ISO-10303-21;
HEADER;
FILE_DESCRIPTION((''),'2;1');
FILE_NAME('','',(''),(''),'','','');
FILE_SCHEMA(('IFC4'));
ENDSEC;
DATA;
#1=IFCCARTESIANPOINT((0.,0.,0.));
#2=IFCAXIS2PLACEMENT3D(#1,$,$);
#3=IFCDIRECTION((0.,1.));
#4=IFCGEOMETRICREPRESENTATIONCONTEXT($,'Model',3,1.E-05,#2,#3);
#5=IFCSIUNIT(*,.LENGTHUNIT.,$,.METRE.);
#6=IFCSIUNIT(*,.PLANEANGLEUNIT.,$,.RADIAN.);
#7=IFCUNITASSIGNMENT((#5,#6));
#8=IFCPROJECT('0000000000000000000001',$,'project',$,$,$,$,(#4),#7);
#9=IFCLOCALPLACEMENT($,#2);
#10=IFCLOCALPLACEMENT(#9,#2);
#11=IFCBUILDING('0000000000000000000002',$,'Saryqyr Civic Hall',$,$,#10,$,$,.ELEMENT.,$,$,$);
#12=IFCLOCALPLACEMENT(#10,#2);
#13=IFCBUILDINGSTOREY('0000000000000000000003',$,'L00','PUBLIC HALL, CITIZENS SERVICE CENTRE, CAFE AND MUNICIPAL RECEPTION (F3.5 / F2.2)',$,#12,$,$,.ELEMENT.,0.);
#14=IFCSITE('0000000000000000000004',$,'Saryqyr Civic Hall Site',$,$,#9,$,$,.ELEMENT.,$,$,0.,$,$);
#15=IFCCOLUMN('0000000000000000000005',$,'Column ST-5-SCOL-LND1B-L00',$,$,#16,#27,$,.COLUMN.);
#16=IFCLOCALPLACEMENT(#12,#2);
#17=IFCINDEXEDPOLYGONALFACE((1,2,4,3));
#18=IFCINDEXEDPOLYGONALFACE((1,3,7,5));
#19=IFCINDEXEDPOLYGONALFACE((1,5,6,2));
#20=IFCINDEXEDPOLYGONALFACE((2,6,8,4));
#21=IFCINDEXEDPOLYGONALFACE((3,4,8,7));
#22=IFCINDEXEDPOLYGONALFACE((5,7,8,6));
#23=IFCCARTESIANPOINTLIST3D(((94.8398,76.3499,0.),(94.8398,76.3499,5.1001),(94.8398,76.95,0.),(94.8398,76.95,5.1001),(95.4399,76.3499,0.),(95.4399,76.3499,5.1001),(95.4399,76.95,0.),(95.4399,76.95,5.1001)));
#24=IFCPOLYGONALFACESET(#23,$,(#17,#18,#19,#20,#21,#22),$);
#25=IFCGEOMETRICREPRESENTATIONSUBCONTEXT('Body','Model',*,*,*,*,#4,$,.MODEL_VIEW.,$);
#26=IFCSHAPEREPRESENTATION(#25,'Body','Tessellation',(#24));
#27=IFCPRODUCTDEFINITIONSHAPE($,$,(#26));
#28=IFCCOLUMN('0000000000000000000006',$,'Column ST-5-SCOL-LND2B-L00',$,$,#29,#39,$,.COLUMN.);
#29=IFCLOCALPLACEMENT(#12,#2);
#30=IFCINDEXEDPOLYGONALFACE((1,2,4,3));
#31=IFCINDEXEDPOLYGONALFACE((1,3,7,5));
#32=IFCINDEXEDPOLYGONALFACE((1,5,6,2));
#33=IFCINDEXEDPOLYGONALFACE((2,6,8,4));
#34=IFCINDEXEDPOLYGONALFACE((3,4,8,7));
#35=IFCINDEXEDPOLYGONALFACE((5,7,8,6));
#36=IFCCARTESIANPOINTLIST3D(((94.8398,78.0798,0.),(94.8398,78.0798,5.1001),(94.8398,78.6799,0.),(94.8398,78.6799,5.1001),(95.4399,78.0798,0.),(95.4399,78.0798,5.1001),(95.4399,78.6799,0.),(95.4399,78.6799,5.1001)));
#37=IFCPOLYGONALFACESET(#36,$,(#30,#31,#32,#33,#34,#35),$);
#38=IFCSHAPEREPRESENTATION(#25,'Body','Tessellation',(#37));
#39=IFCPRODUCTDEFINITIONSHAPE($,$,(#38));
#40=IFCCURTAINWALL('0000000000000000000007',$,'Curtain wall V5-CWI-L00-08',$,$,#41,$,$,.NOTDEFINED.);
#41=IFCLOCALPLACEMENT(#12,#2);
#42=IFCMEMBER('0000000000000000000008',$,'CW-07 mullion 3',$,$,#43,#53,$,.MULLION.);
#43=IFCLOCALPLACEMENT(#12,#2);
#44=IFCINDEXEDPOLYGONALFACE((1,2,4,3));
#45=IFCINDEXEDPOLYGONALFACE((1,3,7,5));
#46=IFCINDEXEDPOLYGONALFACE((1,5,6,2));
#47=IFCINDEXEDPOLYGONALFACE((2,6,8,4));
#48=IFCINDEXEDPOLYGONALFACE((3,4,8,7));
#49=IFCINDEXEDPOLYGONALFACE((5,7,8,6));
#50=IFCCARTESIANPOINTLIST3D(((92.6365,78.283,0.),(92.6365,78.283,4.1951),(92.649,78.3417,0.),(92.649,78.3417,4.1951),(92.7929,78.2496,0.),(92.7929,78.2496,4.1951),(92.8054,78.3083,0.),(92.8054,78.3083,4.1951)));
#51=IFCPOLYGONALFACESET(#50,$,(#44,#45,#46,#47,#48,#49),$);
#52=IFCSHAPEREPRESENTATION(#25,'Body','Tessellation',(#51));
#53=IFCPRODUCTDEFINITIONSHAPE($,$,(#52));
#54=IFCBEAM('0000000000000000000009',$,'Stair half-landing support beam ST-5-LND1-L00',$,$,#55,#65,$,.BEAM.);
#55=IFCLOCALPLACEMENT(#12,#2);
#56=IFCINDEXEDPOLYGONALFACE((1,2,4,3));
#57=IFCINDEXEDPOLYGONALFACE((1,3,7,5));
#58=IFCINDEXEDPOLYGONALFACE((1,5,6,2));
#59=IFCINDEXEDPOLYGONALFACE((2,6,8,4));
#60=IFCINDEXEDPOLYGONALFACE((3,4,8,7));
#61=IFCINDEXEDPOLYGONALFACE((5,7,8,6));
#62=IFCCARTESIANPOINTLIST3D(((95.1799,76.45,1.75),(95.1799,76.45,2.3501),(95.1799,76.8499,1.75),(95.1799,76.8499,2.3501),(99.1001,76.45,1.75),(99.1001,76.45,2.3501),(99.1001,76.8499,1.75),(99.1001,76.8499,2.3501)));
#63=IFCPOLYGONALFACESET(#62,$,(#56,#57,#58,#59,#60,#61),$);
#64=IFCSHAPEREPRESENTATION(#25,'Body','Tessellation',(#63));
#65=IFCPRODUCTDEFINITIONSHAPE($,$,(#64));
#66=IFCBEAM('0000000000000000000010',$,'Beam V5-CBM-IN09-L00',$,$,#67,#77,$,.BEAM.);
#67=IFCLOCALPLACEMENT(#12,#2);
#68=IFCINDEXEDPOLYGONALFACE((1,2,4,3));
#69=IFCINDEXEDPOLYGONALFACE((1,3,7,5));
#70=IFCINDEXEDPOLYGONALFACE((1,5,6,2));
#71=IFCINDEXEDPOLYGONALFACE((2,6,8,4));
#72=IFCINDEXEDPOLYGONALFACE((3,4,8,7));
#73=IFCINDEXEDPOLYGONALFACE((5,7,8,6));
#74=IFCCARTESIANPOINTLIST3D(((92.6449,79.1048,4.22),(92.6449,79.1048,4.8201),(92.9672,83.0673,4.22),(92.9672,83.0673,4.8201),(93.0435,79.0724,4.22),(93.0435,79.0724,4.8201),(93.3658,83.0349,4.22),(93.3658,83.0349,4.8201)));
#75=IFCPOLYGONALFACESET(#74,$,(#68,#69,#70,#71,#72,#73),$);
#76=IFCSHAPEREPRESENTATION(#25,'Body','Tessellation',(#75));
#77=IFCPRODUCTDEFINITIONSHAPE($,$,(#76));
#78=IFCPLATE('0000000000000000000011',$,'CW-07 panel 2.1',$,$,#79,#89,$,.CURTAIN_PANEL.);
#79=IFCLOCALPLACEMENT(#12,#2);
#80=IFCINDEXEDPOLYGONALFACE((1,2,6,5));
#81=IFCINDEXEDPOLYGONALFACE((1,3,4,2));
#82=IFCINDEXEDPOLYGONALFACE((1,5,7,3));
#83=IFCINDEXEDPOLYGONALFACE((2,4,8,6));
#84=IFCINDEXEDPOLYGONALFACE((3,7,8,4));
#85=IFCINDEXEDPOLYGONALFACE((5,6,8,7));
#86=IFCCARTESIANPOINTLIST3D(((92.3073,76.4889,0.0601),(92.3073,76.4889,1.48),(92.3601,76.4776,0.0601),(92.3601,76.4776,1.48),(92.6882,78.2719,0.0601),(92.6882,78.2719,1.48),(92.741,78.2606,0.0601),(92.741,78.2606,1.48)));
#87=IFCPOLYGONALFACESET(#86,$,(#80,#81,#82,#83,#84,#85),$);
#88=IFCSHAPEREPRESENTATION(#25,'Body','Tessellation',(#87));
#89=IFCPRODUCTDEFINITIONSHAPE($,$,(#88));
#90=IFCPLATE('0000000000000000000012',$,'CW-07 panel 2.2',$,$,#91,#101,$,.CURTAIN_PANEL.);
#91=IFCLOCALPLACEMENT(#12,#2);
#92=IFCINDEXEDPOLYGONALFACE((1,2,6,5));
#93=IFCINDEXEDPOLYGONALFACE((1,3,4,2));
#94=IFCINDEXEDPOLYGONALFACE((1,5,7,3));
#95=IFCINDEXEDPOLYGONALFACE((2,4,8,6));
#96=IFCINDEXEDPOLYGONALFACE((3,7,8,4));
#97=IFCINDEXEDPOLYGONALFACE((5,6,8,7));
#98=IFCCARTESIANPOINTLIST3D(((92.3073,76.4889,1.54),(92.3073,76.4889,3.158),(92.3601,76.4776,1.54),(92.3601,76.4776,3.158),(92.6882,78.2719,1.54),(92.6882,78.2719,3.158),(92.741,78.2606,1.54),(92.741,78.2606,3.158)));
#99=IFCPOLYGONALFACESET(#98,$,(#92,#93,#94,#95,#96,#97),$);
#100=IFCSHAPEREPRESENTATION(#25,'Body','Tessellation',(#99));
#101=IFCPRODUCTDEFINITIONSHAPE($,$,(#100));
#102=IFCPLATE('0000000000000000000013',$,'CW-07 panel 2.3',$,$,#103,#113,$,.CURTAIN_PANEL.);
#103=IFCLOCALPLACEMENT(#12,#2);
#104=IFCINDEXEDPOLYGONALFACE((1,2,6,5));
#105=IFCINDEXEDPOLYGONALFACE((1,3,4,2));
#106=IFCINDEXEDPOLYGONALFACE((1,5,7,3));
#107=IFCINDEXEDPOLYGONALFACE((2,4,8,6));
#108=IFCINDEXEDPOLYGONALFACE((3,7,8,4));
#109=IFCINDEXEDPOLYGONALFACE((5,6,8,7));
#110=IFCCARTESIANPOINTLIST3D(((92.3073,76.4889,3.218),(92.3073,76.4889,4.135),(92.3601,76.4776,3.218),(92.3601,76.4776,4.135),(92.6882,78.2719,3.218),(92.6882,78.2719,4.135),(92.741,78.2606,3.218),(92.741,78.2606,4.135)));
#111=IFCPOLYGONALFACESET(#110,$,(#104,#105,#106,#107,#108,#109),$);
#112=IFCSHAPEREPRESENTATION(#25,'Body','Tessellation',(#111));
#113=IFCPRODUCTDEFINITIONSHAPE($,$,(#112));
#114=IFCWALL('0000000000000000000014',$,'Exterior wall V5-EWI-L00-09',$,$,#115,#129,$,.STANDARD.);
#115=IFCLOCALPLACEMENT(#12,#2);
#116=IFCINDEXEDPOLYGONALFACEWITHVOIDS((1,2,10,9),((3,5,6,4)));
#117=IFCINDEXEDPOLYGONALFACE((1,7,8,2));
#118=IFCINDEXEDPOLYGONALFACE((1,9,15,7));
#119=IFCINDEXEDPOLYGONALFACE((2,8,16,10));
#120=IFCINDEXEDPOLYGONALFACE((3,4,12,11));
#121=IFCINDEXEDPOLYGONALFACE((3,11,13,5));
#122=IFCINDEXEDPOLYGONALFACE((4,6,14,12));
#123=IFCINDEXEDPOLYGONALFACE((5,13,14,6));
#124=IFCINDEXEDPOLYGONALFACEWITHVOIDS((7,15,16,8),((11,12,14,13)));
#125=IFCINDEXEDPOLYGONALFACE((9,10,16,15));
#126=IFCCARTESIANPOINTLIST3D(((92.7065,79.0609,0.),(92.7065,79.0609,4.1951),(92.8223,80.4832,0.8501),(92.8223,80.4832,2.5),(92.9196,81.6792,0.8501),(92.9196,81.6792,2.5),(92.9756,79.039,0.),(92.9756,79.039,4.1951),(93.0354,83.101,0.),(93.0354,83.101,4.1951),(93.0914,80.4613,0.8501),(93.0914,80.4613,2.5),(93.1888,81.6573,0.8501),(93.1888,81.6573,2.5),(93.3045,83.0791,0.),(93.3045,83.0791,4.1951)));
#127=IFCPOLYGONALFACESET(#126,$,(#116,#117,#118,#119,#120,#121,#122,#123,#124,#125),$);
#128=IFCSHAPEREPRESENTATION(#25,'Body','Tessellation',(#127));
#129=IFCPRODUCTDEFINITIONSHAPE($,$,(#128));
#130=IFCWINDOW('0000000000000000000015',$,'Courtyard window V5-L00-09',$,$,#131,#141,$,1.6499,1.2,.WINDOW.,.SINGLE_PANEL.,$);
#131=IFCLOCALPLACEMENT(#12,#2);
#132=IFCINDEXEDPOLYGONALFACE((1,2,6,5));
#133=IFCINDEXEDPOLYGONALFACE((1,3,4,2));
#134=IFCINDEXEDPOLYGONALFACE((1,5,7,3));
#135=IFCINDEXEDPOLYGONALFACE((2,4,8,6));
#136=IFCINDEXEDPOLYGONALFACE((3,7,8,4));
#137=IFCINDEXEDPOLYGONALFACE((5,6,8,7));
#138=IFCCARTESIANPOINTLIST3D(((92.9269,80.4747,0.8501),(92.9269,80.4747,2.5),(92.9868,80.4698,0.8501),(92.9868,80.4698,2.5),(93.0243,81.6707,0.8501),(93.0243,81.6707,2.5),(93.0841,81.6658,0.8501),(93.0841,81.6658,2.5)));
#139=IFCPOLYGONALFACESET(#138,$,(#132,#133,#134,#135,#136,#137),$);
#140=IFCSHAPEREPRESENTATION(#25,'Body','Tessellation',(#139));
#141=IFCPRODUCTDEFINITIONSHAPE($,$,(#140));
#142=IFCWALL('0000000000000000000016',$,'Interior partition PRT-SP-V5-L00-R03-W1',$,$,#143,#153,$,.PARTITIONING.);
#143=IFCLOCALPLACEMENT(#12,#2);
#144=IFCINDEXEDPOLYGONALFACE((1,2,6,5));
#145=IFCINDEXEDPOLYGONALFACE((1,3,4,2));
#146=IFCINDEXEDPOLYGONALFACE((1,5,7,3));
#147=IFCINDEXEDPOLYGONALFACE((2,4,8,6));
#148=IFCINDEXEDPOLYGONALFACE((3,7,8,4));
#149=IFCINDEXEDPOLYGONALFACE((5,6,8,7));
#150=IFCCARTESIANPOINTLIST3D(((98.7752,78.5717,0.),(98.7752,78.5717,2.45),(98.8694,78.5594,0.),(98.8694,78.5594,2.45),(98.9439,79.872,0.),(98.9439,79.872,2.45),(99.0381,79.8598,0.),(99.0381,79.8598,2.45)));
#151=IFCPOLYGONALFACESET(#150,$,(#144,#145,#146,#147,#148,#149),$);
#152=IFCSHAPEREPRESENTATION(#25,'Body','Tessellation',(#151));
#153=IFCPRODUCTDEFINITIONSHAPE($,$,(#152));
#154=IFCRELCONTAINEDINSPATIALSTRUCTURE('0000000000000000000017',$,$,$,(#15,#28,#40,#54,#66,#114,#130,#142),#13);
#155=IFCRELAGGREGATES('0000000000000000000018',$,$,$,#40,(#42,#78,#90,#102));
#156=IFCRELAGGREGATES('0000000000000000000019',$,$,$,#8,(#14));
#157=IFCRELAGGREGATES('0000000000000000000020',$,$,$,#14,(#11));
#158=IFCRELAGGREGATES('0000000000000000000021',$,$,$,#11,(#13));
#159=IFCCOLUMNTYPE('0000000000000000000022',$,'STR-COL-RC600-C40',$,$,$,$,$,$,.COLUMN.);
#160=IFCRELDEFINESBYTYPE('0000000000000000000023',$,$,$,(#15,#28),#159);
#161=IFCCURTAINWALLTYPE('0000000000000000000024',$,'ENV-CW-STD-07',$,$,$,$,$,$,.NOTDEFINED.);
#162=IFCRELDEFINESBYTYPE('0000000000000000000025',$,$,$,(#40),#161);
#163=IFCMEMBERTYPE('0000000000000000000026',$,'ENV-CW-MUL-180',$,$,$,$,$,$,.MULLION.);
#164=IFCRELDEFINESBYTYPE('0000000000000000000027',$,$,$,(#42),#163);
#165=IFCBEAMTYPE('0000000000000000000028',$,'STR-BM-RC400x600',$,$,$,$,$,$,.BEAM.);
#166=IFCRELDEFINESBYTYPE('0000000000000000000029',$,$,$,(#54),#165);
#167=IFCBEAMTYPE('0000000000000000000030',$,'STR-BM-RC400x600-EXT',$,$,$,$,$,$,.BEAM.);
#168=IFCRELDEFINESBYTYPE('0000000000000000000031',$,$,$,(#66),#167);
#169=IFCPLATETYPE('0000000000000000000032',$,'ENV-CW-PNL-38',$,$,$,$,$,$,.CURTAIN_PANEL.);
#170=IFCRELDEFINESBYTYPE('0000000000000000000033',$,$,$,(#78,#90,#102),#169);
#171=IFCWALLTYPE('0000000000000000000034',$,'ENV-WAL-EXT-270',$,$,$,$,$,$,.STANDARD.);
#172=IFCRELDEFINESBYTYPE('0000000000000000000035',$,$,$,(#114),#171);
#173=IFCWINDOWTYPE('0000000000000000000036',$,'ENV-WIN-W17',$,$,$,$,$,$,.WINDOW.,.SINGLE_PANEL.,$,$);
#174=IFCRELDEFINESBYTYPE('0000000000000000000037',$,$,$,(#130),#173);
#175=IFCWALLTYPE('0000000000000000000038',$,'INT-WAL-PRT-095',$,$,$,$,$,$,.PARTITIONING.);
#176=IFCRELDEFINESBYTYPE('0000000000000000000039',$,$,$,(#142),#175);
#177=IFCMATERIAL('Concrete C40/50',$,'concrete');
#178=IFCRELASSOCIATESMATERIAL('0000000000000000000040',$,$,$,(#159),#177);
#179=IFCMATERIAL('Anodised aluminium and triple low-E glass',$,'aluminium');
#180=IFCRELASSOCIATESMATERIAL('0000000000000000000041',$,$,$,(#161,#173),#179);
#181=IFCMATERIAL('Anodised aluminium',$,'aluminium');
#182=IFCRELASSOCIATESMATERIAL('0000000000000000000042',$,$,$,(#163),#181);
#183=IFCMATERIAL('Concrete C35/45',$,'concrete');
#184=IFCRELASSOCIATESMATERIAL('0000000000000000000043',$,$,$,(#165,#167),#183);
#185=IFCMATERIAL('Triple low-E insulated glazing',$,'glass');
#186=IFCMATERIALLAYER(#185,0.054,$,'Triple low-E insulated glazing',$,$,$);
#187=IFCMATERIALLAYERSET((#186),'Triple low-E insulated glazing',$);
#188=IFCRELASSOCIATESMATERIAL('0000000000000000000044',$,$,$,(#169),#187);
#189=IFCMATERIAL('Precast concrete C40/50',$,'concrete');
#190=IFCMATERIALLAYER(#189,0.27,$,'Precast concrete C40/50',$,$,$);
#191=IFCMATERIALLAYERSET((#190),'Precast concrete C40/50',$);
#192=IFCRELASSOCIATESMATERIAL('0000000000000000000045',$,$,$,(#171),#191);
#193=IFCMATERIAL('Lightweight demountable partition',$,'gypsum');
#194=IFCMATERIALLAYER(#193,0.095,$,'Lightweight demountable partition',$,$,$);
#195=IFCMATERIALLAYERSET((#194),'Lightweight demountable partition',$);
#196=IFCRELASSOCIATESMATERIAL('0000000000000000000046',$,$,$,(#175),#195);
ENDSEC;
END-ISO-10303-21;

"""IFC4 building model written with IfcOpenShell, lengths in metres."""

from ifc_helpers import new_model, si_unit, direction, frame, frame_2d, origin, origin_2d, place, context, subcontext, project, spatial, rectangle, extrude, material, layer, layer_set, material_profile, profile_set, type_object, element, fill, aggregate, save


model = new_model("IFC4")

# Units and contexts
model_context = context("Model", 3, precision=1e-05, world=origin(), true_north=direction((0.0, 1.0)))
body_context = subcontext(model_context, "Body", "Model", "MODEL_VIEW")
ifc_project = project(units=[si_unit("LENGTHUNIT", "METRE"), si_unit("PLANEANGLEUNIT", "RADIAN")], contexts=[model_context])

# Site, building, storey
site_placement = place(None, origin())
site = spatial("IfcSite", under=ifc_project, at=site_placement, Name="Saryqyr Civic Hall Site", CompositionType="ELEMENT", RefElevation=0.0)
building_placement = place(site_placement, origin())
building = spatial("IfcBuilding", under=site, at=building_placement, Name="Saryqyr Civic Hall", CompositionType="ELEMENT")
storey_placement = place(building_placement, origin())
storey = spatial("IfcBuildingStorey", under=building, at=storey_placement, Name="L00", Description="PUBLIC HALL, CITIZENS SERVICE CENTRE, CAFE AND MUNICIPAL RECEPTION (F3.5 / F2.2)", CompositionType="ELEMENT", Elevation=0.0)

# Columns
ifc_material_1 = material(Name="Concrete C40/50", Category="concrete")
ifc_material_profile_1 = material_profile(ifc_material_1, rectangle(XDim=0.6001, YDim=0.6001, at=origin_2d()), Name="RC 600x600")
ifc_profile_set_1 = profile_set([ifc_material_profile_1], Name="Concrete C40/50")
column_type_1 = type_object("IfcColumnType", Name="STR-COL-RC600-C40", PredefinedType="COLUMN", material=ifc_profile_set_1)
for number, where, z_axis, x_axis, name in (
    (1, (95.1399, 76.6499, 0.0), (0.0, 0.0, 1.0), (1.0, 0.0, 0.0), "Column ST-5-SCOL-LND1B-L00"),
    (2, (95.1399, 78.3799, 0.0), (0.0, 0.0, 1.0), (1.0, 0.0, 0.0), "Column ST-5-SCOL-LND2B-L00"),
):
    element("IfcColumn", number, at=place(storey_placement, frame(where, z_axis=z_axis, x_axis=x_axis)), inside=storey, type_object=column_type_1, Name=name, PredefinedType="COLUMN", context=body_context, shape_type="SweptSolid", body=[
        extrude(rectangle(XDim=0.6001, YDim=0.6001, at=origin_2d()), origin(), (0.0, 0.0, 1.0), 5.1001),
    ])

# Curtain wall, member
ifc_material_2 = material(Name="Anodised aluminium and triple low-E glass", Category="aluminium")
curtain_wall_type = type_object("IfcCurtainWallType", Name="ENV-CW-STD-07", PredefinedType="NOTDEFINED", material=ifc_material_2)
curtain_wall_placement = place(storey_placement, origin())
curtain_wall = element("IfcCurtainWall", 3, at=curtain_wall_placement, inside=storey, type_object=curtain_wall_type, Name="Curtain wall V5-CWI-L00-08", PredefinedType="NOTDEFINED")
ifc_material_3 = material(Name="Anodised aluminium", Category="aluminium")
ifc_material_profile_2 = material_profile(ifc_material_3, rectangle(XDim=0.0601, YDim=0.1599, at=origin_2d()), Name="ALU MULLION 60x160")
ifc_profile_set_2 = profile_set([ifc_material_profile_2], Name="Anodised aluminium")
member_type = type_object("IfcMemberType", Name="ENV-CW-MUL-180", PredefinedType="MULLION", material=ifc_profile_set_2)
member_placement = place(storey_placement, frame((92.7209, 78.2957, 0.0), z_axis=(0.0, 0.0, 1.0), x_axis=(0.20891, 0.977935, 0.0)))
member = element("IfcMember", 4, at=member_placement, type_object=member_type, Name="CW-07 mullion 3", PredefinedType="MULLION", context=body_context, shape_type="SweptSolid", body=[
    extrude(rectangle(XDim=0.0601, YDim=0.1599, at=origin_2d()), origin(), (0.0, 0.0, 1.0), 4.1951),
])

# Beams
ifc_material_4 = material(Name="Concrete C35/45", Category="concrete")
ifc_material_profile_3 = material_profile(ifc_material_4, rectangle(XDim=0.3999, YDim=0.6001, at=origin_2d()), Name="RC 400x600")
ifc_profile_set_3 = profile_set([ifc_material_profile_3], Name="Concrete C35/45")
beam_type_1 = type_object("IfcBeamType", Name="STR-BM-RC400x600", PredefinedType="BEAM", material=ifc_profile_set_3)
beam_1_placement = place(storey_placement, frame((99.1001, 76.6499, 2.05), z_axis=(-1.0, 0.0, 0.0), x_axis=(0.0, -1.0, 0.0)))
element("IfcBeam", 5, at=beam_1_placement, inside=storey, type_object=beam_type_1, Name="Stair half-landing support beam ST-5-LND1-L00", PredefinedType="BEAM", context=body_context, shape_type="SweptSolid", body=[
    extrude(rectangle(XDim=0.3999, YDim=0.6001, at=origin_2d()), origin(), (0.0, 0.0, 1.0), 3.9202),
])
ifc_material_profile_4 = material_profile(ifc_material_4, rectangle(XDim=0.3999, YDim=0.6001, at=origin_2d()), Name="RC 400x600")
ifc_profile_set_4 = profile_set([ifc_material_profile_4], Name="Concrete C35/45")
beam_type_2 = type_object("IfcBeamType", Name="STR-BM-RC400x600-EXT", PredefinedType="BEAM", material=ifc_profile_set_4)
beam_2_placement = place(storey_placement, frame((92.8442, 79.0886, 4.52), z_axis=(0.081063, 0.996709, 0.0), x_axis=(-0.996709, 0.081063, 0.0)))
element("IfcBeam", 6, at=beam_2_placement, inside=storey, type_object=beam_type_2, Name="Beam V5-CBM-IN09-L00", PredefinedType="BEAM", context=body_context, shape_type="SweptSolid", body=[
    extrude(rectangle(XDim=0.3999, YDim=0.6001, at=origin_2d()), origin(), (0.0, 0.0, 1.0), 3.9756),
])

# Plates
ifc_material_5 = material(Name="Triple low-E insulated glazing", Category="glass")
ifc_layer_1 = layer(ifc_material_5, 0.054, Name="Triple low-E insulated glazing")
ifc_layer_set_1 = layer_set([ifc_layer_1], Name="Triple low-E insulated glazing")
plate_type = type_object("IfcPlateType", Name="ENV-CW-PNL-38", PredefinedType="CURTAIN_PANEL", material=ifc_layer_set_1)
plate_1_placement = place(storey_placement, frame((92.5242, 77.3748, 0.0601), z_axis=(0.0, 0.0, 1.0), x_axis=(0.20891, 0.977935, 0.0)))
plate_1 = element("IfcPlate", 7, at=plate_1_placement, type_object=plate_type, Name="CW-07 panel 2.1", PredefinedType="CURTAIN_PANEL", context=body_context, shape_type="SweptSolid", body=[
    extrude(rectangle(XDim=1.8232, YDim=0.054, at=origin_2d()), origin(), (0.0, 0.0, 1.0), 1.4199),
])
plate_2_placement = place(storey_placement, frame((92.5242, 77.3748, 1.54), z_axis=(0.0, 0.0, 1.0), x_axis=(0.20891, 0.977935, 0.0)))
plate_2 = element("IfcPlate", 8, at=plate_2_placement, type_object=plate_type, Name="CW-07 panel 2.2", PredefinedType="CURTAIN_PANEL", context=body_context, shape_type="SweptSolid", body=[
    extrude(rectangle(XDim=1.8232, YDim=0.054, at=origin_2d()), origin(), (0.0, 0.0, 1.0), 1.6179),
])
plate_3_placement = place(storey_placement, frame((92.5242, 77.3748, 3.218), z_axis=(0.0, 0.0, 1.0), x_axis=(0.20891, 0.977935, 0.0)))
plate_3 = element("IfcPlate", 9, at=plate_3_placement, type_object=plate_type, Name="CW-07 panel 2.3", PredefinedType="CURTAIN_PANEL", context=body_context, shape_type="SweptSolid", body=[
    extrude(rectangle(XDim=1.8232, YDim=0.054, at=origin_2d()), origin(), (0.0, 0.0, 1.0), 0.917),
])
aggregate(curtain_wall, [member, plate_1, plate_2, plate_3])

# Wall, opening, window
ifc_material_6 = material(Name="Precast concrete C40/50", Category="concrete")
ifc_layer_2 = layer(ifc_material_6, 0.27, Name="Precast concrete C40/50")
ifc_layer_set_2 = layer_set([ifc_layer_2], Name="Precast concrete C40/50")
wall_type_1 = type_object("IfcWallType", Name="ENV-WAL-EXT-270", PredefinedType="STANDARD", material=ifc_layer_set_2)
wall_1_placement = place(storey_placement, frame((92.8411, 79.0498, 0.0), z_axis=(0.0, 0.0, 1.0), x_axis=(0.081131, 0.996703, 0.0)))
wall_1 = element("IfcWall", 10, at=wall_1_placement, inside=storey, type_object=wall_type_1, Name="Exterior wall V5-EWI-L00-09", PredefinedType="STANDARD", context=body_context, shape_type="SweptSolid", body=[
    extrude(rectangle(XDim=4.0535, YDim=0.27, at=frame_2d((2.0269, 0.0))), origin(), (0.0, 0.0, 1.0), 4.1951),
])
opening_1_placement = place(wall_1_placement, frame((1.427, 0.0, 0.8501)))
opening_1 = element("IfcOpeningElement", 11, at=opening_1_placement, cuts=wall_1, PredefinedType="OPENING", context=body_context, shape_type="SweptSolid", body=[
    extrude(rectangle(XDim=1.2, YDim=1.6499, at=frame_2d((0.6001, 0.825))), frame((0.0, 0.145, 0.0), z_axis=(0.0, -1.0, 0.0), x_axis=(1.0, 0.0, 0.0)), (0.0, 0.0, 1.0), 0.29),
])
window_type = type_object("IfcWindowType", Name="ENV-WIN-W17", PartitioningType="SINGLE_PANEL", PredefinedType="WINDOW", material=ifc_material_2)
window_placement = place(opening_1_placement, origin())
window = element("IfcWindow", 12, at=window_placement, inside=storey, type_object=window_type, Name="Courtyard window V5-L00-09", OverallHeight=1.6499, OverallWidth=1.2, PartitioningType="SINGLE_PANEL", PredefinedType="WINDOW", context=body_context, shape_type="SweptSolid", body=[
    extrude(rectangle(XDim=1.2, YDim=1.6499, at=frame_2d((0.6001, 0.825))), frame((0.0, 0.03, 0.0), z_axis=(0.0, -1.0, 0.0), x_axis=(1.0, 0.0, 0.0)), (0.0, 0.0, 1.0), 0.0601),
])
fill(opening_1, window)

# Wall
ifc_material_7 = material(Name="Lightweight demountable partition", Category="gypsum")
ifc_layer_3 = layer(ifc_material_7, 0.095, Name="Lightweight demountable partition")
ifc_layer_set_3 = layer_set([ifc_layer_3], Name="Lightweight demountable partition")
wall_type_2 = type_object("IfcWallType", Name="INT-WAL-PRT-095", PredefinedType="PARTITIONING", material=ifc_layer_set_3)
wall_2_placement = place(storey_placement, frame((98.8223, 78.5654, 0.0), z_axis=(0.0, 0.0, 1.0), x_axis=(0.128663, 0.991688, 0.0)))
element("IfcWall", 13, at=wall_2_placement, inside=storey, type_object=wall_type_2, Name="Interior partition PRT-SP-V5-L00-R03-W1", PredefinedType="PARTITIONING", context=body_context, shape_type="SweptSolid", body=[
    extrude(rectangle(XDim=1.3113, YDim=0.095, at=frame_2d((0.6558, 0.0))), origin(), (0.0, 0.0, 1.0), 2.45),
])

save(model, "model.ifc")
